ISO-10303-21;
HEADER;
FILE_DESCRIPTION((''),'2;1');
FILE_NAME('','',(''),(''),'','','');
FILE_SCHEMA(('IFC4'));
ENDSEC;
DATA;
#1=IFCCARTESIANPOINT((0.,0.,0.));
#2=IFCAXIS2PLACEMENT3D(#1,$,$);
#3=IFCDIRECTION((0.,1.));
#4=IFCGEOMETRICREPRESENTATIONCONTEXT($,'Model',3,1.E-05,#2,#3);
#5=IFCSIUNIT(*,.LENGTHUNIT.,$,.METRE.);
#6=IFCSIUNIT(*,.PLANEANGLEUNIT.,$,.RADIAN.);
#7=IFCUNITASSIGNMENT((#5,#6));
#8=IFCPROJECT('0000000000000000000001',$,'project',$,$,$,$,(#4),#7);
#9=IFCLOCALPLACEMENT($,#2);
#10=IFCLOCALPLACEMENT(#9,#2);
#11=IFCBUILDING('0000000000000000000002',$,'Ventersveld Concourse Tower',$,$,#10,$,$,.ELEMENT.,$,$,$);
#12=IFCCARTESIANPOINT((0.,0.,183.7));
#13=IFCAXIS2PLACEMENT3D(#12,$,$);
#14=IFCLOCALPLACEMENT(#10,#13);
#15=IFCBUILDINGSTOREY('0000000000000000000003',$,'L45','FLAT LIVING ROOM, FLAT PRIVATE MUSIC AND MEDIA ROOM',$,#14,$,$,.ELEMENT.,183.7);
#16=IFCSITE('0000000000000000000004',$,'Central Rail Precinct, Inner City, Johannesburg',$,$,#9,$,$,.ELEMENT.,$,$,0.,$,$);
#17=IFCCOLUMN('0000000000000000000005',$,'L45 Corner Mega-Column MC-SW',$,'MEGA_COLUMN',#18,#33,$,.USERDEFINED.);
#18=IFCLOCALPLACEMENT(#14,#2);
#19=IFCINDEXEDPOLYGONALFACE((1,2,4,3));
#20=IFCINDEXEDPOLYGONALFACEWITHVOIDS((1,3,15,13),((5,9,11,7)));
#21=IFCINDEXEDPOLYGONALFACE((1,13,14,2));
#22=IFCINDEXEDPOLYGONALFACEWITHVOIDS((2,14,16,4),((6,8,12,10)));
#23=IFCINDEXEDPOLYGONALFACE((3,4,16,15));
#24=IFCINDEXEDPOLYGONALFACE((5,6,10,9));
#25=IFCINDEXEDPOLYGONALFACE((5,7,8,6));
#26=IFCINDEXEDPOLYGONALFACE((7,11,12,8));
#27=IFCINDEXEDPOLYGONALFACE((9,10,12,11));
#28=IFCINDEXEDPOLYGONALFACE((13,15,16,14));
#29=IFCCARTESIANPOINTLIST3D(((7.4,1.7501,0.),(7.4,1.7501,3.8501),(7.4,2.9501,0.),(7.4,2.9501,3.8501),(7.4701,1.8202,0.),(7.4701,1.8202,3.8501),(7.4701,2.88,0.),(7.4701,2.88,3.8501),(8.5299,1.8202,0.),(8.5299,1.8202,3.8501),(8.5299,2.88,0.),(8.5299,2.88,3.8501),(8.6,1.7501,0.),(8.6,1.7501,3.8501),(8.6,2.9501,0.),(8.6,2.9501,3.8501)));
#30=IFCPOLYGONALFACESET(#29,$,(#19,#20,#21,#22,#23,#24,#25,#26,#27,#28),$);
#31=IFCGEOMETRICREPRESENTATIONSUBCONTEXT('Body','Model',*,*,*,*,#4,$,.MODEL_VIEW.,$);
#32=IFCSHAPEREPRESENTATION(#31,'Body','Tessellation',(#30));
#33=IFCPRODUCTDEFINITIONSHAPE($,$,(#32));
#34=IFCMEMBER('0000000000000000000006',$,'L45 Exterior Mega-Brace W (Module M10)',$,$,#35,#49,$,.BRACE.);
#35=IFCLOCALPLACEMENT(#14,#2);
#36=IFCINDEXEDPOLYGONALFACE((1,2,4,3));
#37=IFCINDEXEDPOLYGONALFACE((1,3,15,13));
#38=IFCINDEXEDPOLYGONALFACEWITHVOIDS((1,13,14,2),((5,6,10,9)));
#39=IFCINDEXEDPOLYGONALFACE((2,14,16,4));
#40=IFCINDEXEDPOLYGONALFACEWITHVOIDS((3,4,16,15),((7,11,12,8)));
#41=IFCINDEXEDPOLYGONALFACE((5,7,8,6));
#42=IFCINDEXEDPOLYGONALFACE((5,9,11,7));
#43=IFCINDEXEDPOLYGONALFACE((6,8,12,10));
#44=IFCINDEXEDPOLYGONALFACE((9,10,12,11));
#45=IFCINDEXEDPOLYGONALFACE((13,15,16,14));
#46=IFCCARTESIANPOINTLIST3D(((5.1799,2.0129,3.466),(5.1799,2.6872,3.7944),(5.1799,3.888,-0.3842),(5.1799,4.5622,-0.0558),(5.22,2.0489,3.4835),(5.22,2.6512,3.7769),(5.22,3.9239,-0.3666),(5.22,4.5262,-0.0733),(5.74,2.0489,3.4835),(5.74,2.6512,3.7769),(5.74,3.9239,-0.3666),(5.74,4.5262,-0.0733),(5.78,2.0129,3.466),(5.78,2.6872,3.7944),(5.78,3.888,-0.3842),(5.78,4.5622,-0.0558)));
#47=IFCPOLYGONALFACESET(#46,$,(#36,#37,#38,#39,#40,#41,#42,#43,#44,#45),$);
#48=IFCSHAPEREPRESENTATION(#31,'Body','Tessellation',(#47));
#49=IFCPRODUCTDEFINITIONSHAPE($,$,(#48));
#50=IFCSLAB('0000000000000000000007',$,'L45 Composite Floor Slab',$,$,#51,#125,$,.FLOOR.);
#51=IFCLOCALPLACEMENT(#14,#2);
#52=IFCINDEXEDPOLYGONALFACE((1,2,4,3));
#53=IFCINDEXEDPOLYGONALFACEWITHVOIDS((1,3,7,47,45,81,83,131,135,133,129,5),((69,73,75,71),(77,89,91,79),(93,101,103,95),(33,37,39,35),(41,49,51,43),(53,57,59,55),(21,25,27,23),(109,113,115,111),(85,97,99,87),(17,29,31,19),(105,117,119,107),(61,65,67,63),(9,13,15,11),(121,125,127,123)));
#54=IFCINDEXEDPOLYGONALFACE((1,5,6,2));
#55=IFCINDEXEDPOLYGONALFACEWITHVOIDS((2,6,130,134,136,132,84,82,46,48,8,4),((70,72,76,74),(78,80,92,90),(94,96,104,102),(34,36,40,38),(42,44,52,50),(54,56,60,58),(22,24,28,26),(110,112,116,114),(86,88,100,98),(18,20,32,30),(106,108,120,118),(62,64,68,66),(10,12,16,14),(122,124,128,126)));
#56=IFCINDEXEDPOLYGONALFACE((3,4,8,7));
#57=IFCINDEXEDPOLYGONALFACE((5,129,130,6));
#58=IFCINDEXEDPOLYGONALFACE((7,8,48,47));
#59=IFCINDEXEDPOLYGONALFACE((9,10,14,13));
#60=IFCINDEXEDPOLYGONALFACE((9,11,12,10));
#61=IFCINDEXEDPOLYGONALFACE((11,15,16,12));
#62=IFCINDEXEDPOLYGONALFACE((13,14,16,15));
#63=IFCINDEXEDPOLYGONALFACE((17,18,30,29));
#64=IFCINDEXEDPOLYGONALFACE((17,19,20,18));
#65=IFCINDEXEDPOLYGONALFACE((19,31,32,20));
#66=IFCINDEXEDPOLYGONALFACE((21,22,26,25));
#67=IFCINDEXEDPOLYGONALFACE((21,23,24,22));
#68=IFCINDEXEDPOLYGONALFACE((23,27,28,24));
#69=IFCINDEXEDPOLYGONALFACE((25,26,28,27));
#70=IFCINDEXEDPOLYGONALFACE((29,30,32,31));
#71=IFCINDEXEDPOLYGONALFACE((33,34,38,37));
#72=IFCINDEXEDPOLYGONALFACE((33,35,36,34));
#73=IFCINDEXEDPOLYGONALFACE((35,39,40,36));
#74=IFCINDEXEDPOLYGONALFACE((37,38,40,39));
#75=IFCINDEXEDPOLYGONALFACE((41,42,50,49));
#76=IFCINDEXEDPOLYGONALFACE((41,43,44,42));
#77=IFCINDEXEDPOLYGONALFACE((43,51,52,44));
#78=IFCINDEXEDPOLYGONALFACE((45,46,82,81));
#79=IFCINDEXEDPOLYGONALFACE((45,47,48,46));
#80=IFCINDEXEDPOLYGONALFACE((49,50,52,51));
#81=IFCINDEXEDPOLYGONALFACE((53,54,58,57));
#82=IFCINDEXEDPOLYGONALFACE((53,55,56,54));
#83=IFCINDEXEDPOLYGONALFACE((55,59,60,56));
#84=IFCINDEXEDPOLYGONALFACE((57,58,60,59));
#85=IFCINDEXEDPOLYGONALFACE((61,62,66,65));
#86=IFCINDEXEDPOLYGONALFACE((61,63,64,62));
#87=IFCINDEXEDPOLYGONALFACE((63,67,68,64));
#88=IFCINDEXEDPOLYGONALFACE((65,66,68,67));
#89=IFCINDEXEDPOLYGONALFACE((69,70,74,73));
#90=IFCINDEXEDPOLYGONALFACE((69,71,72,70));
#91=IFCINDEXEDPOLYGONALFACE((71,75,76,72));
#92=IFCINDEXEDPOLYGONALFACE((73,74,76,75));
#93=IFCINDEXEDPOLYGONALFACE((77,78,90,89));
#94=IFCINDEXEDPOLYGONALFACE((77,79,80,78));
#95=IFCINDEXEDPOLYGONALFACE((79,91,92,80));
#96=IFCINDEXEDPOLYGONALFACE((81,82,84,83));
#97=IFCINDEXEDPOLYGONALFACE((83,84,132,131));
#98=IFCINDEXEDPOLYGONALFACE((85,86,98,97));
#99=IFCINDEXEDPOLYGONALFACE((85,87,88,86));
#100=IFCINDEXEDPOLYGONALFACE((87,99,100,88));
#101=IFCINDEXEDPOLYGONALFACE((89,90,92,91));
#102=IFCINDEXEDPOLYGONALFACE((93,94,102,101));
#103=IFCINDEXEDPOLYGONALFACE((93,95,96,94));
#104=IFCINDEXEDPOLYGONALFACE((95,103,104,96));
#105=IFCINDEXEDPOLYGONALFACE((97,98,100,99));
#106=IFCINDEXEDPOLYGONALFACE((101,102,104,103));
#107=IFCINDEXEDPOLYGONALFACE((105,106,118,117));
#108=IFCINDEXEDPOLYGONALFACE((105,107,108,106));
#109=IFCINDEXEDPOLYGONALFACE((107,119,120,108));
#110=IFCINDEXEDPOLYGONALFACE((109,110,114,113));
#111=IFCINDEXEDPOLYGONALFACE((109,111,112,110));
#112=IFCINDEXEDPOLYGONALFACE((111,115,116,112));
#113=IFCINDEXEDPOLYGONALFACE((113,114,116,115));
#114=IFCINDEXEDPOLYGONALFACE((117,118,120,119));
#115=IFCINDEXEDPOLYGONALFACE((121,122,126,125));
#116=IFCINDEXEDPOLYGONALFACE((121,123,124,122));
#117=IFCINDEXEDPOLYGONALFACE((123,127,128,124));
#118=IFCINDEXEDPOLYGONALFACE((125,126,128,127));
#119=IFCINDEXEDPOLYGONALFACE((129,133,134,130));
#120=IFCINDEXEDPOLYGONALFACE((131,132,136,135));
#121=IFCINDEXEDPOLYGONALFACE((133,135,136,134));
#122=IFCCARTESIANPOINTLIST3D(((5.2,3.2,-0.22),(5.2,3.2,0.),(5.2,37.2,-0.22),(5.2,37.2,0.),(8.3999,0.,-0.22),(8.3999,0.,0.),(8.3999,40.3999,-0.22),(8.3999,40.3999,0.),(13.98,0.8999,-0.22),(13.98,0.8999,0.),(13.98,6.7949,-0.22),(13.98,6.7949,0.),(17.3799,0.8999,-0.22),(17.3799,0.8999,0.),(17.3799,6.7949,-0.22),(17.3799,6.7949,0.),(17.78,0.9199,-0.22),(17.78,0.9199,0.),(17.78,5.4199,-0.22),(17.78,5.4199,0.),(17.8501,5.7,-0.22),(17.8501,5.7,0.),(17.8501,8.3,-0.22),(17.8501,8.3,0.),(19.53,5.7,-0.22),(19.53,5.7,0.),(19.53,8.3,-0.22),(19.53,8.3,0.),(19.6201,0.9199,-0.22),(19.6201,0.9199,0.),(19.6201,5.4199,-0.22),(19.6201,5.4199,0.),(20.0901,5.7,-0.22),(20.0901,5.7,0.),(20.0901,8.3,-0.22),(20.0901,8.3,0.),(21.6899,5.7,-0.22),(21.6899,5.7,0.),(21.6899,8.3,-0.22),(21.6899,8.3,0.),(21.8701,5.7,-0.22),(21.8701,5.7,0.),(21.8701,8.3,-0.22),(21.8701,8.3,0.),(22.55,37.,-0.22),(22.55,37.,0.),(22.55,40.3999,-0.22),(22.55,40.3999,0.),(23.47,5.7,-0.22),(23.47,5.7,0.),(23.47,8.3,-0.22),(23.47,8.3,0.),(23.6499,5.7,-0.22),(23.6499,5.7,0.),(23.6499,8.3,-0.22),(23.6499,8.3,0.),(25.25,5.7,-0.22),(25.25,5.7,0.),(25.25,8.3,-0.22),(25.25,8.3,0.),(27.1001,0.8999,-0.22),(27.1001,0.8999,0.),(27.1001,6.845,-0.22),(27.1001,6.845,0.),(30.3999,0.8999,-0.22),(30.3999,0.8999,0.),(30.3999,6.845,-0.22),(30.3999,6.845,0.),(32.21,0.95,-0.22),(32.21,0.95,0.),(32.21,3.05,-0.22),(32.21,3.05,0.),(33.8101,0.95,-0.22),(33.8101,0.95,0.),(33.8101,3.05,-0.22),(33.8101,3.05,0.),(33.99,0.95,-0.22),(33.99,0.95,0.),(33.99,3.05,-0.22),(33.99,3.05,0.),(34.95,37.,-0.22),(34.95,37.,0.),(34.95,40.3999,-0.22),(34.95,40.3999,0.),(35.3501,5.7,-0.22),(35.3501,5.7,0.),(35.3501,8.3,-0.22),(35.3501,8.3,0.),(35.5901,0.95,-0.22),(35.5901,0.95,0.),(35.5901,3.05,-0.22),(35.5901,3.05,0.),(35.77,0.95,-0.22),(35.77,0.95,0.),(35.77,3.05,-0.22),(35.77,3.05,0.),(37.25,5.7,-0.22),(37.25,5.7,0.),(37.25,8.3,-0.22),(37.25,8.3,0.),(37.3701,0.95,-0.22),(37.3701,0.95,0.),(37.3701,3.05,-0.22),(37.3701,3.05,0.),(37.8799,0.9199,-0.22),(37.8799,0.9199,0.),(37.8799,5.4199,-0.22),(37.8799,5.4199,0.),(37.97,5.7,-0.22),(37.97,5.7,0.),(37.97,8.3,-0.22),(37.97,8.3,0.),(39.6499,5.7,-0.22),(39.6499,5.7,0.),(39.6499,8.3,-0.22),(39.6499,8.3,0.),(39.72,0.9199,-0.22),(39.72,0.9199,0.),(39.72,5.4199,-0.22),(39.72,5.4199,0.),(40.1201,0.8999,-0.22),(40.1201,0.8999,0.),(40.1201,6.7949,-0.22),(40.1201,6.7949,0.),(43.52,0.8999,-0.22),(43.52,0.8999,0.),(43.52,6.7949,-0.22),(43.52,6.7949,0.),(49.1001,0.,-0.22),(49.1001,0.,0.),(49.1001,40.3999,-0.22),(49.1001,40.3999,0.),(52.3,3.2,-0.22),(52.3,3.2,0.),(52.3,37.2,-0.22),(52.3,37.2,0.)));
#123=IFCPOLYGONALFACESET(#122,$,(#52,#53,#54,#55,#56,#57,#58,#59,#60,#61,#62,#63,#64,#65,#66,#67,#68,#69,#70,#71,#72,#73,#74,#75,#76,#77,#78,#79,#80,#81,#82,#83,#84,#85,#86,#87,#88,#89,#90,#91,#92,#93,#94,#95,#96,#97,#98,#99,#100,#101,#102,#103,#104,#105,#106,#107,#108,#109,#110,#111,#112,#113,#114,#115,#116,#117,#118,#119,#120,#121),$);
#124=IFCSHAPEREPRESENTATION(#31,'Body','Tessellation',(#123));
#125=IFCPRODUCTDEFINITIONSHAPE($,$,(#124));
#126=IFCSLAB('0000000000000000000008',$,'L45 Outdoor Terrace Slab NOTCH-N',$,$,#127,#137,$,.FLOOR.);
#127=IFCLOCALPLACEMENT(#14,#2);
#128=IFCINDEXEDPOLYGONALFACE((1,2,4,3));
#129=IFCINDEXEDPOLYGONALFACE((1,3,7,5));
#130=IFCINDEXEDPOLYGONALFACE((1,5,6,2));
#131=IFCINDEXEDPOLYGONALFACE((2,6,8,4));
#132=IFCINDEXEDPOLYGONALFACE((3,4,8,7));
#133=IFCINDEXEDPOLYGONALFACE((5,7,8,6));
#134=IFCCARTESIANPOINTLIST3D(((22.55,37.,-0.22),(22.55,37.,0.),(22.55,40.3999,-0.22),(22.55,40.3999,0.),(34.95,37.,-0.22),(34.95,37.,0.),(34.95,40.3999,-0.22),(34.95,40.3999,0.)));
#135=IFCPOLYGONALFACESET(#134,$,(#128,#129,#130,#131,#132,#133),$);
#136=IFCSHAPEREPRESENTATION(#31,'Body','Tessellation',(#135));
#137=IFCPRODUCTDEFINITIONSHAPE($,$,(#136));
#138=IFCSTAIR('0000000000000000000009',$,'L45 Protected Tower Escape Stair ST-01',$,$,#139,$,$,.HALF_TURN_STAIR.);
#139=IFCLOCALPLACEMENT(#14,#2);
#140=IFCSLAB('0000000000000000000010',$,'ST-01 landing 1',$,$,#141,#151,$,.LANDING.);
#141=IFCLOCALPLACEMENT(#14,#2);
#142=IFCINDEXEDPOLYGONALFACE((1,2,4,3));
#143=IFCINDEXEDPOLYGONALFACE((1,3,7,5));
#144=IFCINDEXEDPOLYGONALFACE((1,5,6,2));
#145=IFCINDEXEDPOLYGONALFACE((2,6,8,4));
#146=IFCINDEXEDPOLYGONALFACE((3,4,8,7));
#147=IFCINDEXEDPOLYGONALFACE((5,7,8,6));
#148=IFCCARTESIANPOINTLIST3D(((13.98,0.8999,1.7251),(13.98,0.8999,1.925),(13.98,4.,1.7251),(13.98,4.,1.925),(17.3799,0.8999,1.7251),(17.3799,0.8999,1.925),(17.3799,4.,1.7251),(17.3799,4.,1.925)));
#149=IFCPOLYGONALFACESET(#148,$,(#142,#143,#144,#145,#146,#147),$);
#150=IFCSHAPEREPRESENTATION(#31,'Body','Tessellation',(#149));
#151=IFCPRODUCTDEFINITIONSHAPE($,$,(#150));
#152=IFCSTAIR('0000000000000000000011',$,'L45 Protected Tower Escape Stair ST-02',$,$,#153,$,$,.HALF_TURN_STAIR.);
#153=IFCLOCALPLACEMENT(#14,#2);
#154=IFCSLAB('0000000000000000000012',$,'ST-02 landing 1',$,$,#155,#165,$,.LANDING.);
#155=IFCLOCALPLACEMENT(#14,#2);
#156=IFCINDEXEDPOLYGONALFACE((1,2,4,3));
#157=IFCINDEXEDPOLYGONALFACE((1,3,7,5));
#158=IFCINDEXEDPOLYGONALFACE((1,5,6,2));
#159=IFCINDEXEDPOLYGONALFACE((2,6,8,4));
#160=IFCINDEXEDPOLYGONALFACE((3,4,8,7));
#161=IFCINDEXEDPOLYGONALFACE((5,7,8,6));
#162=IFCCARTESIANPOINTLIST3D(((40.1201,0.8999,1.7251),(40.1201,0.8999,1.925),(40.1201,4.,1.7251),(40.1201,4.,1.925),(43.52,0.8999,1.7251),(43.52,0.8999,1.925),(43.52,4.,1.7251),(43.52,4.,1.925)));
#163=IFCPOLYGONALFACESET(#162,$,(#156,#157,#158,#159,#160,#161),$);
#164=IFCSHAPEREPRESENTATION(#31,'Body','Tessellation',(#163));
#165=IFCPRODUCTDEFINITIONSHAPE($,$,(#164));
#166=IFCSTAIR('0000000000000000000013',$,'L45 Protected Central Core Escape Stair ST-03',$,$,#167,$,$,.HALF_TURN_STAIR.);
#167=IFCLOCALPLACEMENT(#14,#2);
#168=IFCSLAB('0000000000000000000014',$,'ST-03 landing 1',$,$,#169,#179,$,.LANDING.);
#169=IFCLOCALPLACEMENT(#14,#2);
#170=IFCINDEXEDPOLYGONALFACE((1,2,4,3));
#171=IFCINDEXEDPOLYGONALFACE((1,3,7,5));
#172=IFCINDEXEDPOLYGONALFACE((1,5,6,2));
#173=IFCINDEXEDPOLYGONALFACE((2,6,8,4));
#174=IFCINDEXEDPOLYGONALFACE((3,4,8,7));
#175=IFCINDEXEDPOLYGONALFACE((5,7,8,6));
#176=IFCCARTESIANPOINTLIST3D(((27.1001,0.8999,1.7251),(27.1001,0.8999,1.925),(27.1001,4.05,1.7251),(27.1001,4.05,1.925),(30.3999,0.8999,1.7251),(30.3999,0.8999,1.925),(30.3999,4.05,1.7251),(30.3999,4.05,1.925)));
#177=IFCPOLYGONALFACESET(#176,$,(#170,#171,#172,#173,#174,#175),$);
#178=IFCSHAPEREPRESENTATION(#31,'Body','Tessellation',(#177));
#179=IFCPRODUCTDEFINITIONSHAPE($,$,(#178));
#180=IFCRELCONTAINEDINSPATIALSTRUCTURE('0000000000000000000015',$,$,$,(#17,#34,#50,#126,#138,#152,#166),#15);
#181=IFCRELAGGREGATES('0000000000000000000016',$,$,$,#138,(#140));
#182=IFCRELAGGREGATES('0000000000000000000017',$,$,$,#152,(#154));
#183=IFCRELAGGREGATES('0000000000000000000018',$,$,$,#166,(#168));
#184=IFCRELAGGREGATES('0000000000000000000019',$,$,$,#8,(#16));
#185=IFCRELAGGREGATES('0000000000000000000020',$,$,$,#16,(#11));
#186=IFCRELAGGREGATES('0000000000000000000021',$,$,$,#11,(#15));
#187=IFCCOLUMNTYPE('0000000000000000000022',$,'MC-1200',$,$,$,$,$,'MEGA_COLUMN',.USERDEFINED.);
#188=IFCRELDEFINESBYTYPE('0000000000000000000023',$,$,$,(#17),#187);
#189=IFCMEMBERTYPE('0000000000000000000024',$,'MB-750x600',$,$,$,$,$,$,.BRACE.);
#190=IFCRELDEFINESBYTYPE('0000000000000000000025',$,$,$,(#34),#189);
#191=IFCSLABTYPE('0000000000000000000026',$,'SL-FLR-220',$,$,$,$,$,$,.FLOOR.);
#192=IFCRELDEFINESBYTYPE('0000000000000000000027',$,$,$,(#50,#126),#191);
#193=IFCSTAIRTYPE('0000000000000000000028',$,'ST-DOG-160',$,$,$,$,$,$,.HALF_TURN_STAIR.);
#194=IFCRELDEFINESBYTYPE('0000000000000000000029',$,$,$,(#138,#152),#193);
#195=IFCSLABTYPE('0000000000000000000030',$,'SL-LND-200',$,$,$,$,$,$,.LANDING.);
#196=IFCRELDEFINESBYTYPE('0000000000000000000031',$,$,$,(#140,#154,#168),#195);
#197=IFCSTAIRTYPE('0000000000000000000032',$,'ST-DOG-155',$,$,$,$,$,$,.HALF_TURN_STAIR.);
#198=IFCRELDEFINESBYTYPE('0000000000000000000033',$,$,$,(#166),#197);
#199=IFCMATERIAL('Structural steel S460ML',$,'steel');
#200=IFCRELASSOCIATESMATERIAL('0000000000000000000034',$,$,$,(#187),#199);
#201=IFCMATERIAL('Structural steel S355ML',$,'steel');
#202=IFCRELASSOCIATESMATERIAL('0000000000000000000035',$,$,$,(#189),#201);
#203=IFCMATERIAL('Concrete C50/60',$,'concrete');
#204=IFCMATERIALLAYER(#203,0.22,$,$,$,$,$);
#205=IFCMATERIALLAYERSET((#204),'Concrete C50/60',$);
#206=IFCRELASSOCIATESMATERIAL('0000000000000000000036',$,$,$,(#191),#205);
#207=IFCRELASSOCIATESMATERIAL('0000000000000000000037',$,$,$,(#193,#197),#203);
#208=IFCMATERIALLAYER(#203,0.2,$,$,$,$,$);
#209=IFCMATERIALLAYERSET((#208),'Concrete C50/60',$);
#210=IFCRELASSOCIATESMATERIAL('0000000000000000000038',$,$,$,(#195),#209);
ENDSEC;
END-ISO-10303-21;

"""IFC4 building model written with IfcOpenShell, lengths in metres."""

from ifc_helpers import new_model, si_unit, direction, frame, origin, origin_2d, place, context, subcontext, project, spatial, polyline, hollow_rectangle, outline, extrude, material, layer, layer_set, material_profile, profile_set, type_object, element, aggregate, save


model = new_model("IFC4")

# Units and contexts
model_context = context("Model", 3, precision=1e-05, world=origin(), true_north=direction((0.0, 1.0)))
body_context = subcontext(model_context, "Body", "Model", "MODEL_VIEW")
ifc_project = project(units=[si_unit("LENGTHUNIT", "METRE"), si_unit("PLANEANGLEUNIT", "RADIAN")], contexts=[model_context])

# Site, building, storey
site_placement = place(None, origin())
site = spatial("IfcSite", under=ifc_project, at=site_placement, Name="Central Rail Precinct, Inner City, Johannesburg", CompositionType="ELEMENT", RefElevation=0.0)
building_placement = place(site_placement, origin())
building = spatial("IfcBuilding", under=site, at=building_placement, Name="Ventersveld Concourse Tower", CompositionType="ELEMENT")
storey_placement = place(building_placement, frame((0.0, 0.0, 183.7)))
storey = spatial("IfcBuildingStorey", under=building, at=storey_placement, Name="L45", Description="FLAT LIVING ROOM, FLAT PRIVATE MUSIC AND MEDIA ROOM", CompositionType="ELEMENT", Elevation=183.7)

# Column
ifc_material_1 = material(Name="Structural steel S460ML", Category="steel")
ifc_material_profile_1 = material_profile(ifc_material_1, hollow_rectangle(XDim=1.2, YDim=1.2, WallThickness=0.0701, at=origin_2d()), Name="BOX 1200x1200x70")
ifc_profile_set_1 = profile_set([ifc_material_profile_1], Name="Structural steel S460ML")
column_type = type_object("IfcColumnType", Name="MC-1200", ElementType="MEGA_COLUMN", PredefinedType="USERDEFINED", material=ifc_profile_set_1)
column_placement = place(storey_placement, frame((8.0, 2.3501, 0.0), z_axis=(0.0, 0.0, 1.0), x_axis=(1.0, 0.0, 0.0)))
element("IfcColumn", 1, at=column_placement, inside=storey, type_object=column_type, Name="L45 Corner Mega-Column MC-SW", ObjectType="MEGA_COLUMN", PredefinedType="USERDEFINED", context=body_context, shape_type="SweptSolid", body=[
    extrude(hollow_rectangle(XDim=1.2, YDim=1.2, WallThickness=0.0701, at=origin_2d()), origin(), (0.0, 0.0, 1.0), 3.8501),
])

# Member
ifc_material_2 = material(Name="Structural steel S355ML", Category="steel")
ifc_material_profile_2 = material_profile(ifc_material_2, hollow_rectangle(XDim=0.6001, YDim=0.75, WallThickness=0.04, at=origin_2d()), Name="BOX 750x600x40")
ifc_profile_set_2 = profile_set([ifc_material_profile_2], Name="Structural steel S355ML")
member_type = type_object("IfcMemberType", Name="MB-750x600", PredefinedType="BRACE", material=ifc_profile_set_2)
member_placement = place(storey_placement, frame((5.48, 4.2251, -0.22), z_axis=(0.0, -0.437839, 0.899053), x_axis=(1.0, 0.0, 0.0)))
element("IfcMember", 2, at=member_placement, inside=storey, type_object=member_type, Name="L45 Exterior Mega-Brace W (Module M10)", PredefinedType="BRACE", context=body_context, shape_type="SweptSolid", body=[
    extrude(hollow_rectangle(XDim=0.6001, YDim=0.75, WallThickness=0.04, at=origin_2d()), origin(), (0.0, 0.0, 1.0), 4.2825),
])

# Slabs
ifc_material_3 = material(Name="Concrete C50/60", Category="concrete")
ifc_layer_1 = layer(ifc_material_3, 0.22)
ifc_layer_set_1 = layer_set([ifc_layer_1], Name="Concrete C50/60")
slab_type_1 = type_object("IfcSlabType", Name="SL-FLR-220", PredefinedType="FLOOR", material=ifc_layer_set_1)
slab_1_placement = place(storey_placement, frame((0.0, 0.0, -0.22)))
element("IfcSlab", 3, at=slab_1_placement, inside=storey, type_object=slab_type_1, Name="L45 Composite Floor Slab", PredefinedType="FLOOR", context=body_context, shape_type="SweptSolid", body=[
    extrude(outline(polyline([(8.3999, 0.0), (49.1001, 0.0), (52.3, 3.2), (52.3, 37.2), (49.1001, 40.3999), (34.95, 40.3999), (34.95, 37.0), (22.55, 37.0), (22.55, 40.3999), (8.3999, 40.3999), (5.2, 37.2), (5.2, 3.2), (8.3999, 0.0)]), holes=[polyline([(13.98, 6.7949), (13.98, 0.8999), (17.3799, 0.8999), (17.3799, 6.7949), (13.98, 6.7949)]), polyline([(40.1201, 6.7949), (40.1201, 0.8999), (43.52, 0.8999), (43.52, 6.7949), (40.1201, 6.7949)]), polyline([(27.1001, 6.845), (27.1001, 0.8999), (30.3999, 0.8999), (30.3999, 6.845), (27.1001, 6.845)]), polyline([(17.8501, 5.7), (19.53, 5.7), (19.53, 8.3), (17.8501, 8.3), (17.8501, 5.7)]), polyline([(37.97, 5.7), (39.6499, 5.7), (39.6499, 8.3), (37.97, 8.3), (37.97, 5.7)]), polyline([(35.3501, 5.7), (37.25, 5.7), (37.25, 8.3), (35.3501, 8.3), (35.3501, 5.7)]), polyline([(32.21, 0.95), (33.8101, 0.95), (33.8101, 3.05), (32.21, 3.05), (32.21, 0.95)]), polyline([(33.99, 0.95), (35.5901, 0.95), (35.5901, 3.05), (33.99, 3.05), (33.99, 0.95)]), polyline([(35.77, 0.95), (37.3701, 0.95), (37.3701, 3.05), (35.77, 3.05), (35.77, 0.95)]), polyline([(20.0901, 5.7), (21.6899, 5.7), (21.6899, 8.3), (20.0901, 8.3), (20.0901, 5.7)]), polyline([(21.8701, 5.7), (23.47, 5.7), (23.47, 8.3), (21.8701, 8.3), (21.8701, 5.7)]), polyline([(23.6499, 5.7), (25.25, 5.7), (25.25, 8.3), (23.6499, 8.3), (23.6499, 5.7)]), polyline([(17.78, 0.9199), (19.6201, 0.9199), (19.6201, 5.4199), (17.78, 5.4199), (17.78, 0.9199)]), polyline([(37.8799, 0.9199), (39.72, 0.9199), (39.72, 5.4199), (37.8799, 5.4199), (37.8799, 0.9199)])]), origin(), (0.0, 0.0, 1.0), 0.22),
])
slab_2_placement = place(storey_placement, frame((0.0, 0.0, -0.22)))
element("IfcSlab", 4, at=slab_2_placement, inside=storey, type_object=slab_type_1, Name="L45 Outdoor Terrace Slab NOTCH-N", PredefinedType="FLOOR", context=body_context, shape_type="SweptSolid", body=[
    extrude(outline(polyline([(22.55, 37.0), (34.95, 37.0), (34.95, 40.3999), (22.55, 40.3999), (22.55, 37.0)])), origin(), (0.0, 0.0, 1.0), 0.22),
])

# Stairs, slabs
stair_type_1 = type_object("IfcStairType", Name="ST-DOG-160", PredefinedType="HALF_TURN_STAIR", material=ifc_material_3)
stair_1_placement = place(storey_placement, origin())
stair_1 = element("IfcStair", 5, at=stair_1_placement, inside=storey, type_object=stair_type_1, Name="L45 Protected Tower Escape Stair ST-01", PredefinedType="HALF_TURN_STAIR")
ifc_layer_2 = layer(ifc_material_3, 0.2)
ifc_layer_set_2 = layer_set([ifc_layer_2], Name="Concrete C50/60")
slab_type_2 = type_object("IfcSlabType", Name="SL-LND-200", PredefinedType="LANDING", material=ifc_layer_set_2)
slab_3_placement = place(storey_placement, frame((0.0, 0.0, 1.7251)))
slab_3 = element("IfcSlab", 6, at=slab_3_placement, type_object=slab_type_2, Name="ST-01 landing 1", PredefinedType="LANDING", context=body_context, shape_type="SweptSolid", body=[
    extrude(outline(polyline([(13.98, 4.0), (13.98, 0.8999), (17.3799, 0.8999), (17.3799, 4.0), (13.98, 4.0)])), origin(), (0.0, 0.0, 1.0), 0.2),
])
aggregate(stair_1, [slab_3])
stair_2_placement = place(storey_placement, origin())
stair_2 = element("IfcStair", 7, at=stair_2_placement, inside=storey, type_object=stair_type_1, Name="L45 Protected Tower Escape Stair ST-02", PredefinedType="HALF_TURN_STAIR")
slab_4_placement = place(storey_placement, frame((0.0, 0.0, 1.7251)))
slab_4 = element("IfcSlab", 8, at=slab_4_placement, type_object=slab_type_2, Name="ST-02 landing 1", PredefinedType="LANDING", context=body_context, shape_type="SweptSolid", body=[
    extrude(outline(polyline([(40.1201, 4.0), (40.1201, 0.8999), (43.52, 0.8999), (43.52, 4.0), (40.1201, 4.0)])), origin(), (0.0, 0.0, 1.0), 0.2),
])
aggregate(stair_2, [slab_4])
stair_type_2 = type_object("IfcStairType", Name="ST-DOG-155", PredefinedType="HALF_TURN_STAIR", material=ifc_material_3)
stair_3_placement = place(storey_placement, origin())
stair_3 = element("IfcStair", 9, at=stair_3_placement, inside=storey, type_object=stair_type_2, Name="L45 Protected Central Core Escape Stair ST-03", PredefinedType="HALF_TURN_STAIR")
slab_5_placement = place(storey_placement, frame((0.0, 0.0, 1.7251)))
slab_5 = element("IfcSlab", 10, at=slab_5_placement, type_object=slab_type_2, Name="ST-03 landing 1", PredefinedType="LANDING", context=body_context, shape_type="SweptSolid", body=[
    extrude(outline(polyline([(27.1001, 4.05), (27.1001, 0.8999), (30.3999, 0.8999), (30.3999, 4.05), (27.1001, 4.05)])), origin(), (0.0, 0.0, 1.0), 0.2),
])
aggregate(stair_3, [slab_5])

save(model, "model.ifc")
